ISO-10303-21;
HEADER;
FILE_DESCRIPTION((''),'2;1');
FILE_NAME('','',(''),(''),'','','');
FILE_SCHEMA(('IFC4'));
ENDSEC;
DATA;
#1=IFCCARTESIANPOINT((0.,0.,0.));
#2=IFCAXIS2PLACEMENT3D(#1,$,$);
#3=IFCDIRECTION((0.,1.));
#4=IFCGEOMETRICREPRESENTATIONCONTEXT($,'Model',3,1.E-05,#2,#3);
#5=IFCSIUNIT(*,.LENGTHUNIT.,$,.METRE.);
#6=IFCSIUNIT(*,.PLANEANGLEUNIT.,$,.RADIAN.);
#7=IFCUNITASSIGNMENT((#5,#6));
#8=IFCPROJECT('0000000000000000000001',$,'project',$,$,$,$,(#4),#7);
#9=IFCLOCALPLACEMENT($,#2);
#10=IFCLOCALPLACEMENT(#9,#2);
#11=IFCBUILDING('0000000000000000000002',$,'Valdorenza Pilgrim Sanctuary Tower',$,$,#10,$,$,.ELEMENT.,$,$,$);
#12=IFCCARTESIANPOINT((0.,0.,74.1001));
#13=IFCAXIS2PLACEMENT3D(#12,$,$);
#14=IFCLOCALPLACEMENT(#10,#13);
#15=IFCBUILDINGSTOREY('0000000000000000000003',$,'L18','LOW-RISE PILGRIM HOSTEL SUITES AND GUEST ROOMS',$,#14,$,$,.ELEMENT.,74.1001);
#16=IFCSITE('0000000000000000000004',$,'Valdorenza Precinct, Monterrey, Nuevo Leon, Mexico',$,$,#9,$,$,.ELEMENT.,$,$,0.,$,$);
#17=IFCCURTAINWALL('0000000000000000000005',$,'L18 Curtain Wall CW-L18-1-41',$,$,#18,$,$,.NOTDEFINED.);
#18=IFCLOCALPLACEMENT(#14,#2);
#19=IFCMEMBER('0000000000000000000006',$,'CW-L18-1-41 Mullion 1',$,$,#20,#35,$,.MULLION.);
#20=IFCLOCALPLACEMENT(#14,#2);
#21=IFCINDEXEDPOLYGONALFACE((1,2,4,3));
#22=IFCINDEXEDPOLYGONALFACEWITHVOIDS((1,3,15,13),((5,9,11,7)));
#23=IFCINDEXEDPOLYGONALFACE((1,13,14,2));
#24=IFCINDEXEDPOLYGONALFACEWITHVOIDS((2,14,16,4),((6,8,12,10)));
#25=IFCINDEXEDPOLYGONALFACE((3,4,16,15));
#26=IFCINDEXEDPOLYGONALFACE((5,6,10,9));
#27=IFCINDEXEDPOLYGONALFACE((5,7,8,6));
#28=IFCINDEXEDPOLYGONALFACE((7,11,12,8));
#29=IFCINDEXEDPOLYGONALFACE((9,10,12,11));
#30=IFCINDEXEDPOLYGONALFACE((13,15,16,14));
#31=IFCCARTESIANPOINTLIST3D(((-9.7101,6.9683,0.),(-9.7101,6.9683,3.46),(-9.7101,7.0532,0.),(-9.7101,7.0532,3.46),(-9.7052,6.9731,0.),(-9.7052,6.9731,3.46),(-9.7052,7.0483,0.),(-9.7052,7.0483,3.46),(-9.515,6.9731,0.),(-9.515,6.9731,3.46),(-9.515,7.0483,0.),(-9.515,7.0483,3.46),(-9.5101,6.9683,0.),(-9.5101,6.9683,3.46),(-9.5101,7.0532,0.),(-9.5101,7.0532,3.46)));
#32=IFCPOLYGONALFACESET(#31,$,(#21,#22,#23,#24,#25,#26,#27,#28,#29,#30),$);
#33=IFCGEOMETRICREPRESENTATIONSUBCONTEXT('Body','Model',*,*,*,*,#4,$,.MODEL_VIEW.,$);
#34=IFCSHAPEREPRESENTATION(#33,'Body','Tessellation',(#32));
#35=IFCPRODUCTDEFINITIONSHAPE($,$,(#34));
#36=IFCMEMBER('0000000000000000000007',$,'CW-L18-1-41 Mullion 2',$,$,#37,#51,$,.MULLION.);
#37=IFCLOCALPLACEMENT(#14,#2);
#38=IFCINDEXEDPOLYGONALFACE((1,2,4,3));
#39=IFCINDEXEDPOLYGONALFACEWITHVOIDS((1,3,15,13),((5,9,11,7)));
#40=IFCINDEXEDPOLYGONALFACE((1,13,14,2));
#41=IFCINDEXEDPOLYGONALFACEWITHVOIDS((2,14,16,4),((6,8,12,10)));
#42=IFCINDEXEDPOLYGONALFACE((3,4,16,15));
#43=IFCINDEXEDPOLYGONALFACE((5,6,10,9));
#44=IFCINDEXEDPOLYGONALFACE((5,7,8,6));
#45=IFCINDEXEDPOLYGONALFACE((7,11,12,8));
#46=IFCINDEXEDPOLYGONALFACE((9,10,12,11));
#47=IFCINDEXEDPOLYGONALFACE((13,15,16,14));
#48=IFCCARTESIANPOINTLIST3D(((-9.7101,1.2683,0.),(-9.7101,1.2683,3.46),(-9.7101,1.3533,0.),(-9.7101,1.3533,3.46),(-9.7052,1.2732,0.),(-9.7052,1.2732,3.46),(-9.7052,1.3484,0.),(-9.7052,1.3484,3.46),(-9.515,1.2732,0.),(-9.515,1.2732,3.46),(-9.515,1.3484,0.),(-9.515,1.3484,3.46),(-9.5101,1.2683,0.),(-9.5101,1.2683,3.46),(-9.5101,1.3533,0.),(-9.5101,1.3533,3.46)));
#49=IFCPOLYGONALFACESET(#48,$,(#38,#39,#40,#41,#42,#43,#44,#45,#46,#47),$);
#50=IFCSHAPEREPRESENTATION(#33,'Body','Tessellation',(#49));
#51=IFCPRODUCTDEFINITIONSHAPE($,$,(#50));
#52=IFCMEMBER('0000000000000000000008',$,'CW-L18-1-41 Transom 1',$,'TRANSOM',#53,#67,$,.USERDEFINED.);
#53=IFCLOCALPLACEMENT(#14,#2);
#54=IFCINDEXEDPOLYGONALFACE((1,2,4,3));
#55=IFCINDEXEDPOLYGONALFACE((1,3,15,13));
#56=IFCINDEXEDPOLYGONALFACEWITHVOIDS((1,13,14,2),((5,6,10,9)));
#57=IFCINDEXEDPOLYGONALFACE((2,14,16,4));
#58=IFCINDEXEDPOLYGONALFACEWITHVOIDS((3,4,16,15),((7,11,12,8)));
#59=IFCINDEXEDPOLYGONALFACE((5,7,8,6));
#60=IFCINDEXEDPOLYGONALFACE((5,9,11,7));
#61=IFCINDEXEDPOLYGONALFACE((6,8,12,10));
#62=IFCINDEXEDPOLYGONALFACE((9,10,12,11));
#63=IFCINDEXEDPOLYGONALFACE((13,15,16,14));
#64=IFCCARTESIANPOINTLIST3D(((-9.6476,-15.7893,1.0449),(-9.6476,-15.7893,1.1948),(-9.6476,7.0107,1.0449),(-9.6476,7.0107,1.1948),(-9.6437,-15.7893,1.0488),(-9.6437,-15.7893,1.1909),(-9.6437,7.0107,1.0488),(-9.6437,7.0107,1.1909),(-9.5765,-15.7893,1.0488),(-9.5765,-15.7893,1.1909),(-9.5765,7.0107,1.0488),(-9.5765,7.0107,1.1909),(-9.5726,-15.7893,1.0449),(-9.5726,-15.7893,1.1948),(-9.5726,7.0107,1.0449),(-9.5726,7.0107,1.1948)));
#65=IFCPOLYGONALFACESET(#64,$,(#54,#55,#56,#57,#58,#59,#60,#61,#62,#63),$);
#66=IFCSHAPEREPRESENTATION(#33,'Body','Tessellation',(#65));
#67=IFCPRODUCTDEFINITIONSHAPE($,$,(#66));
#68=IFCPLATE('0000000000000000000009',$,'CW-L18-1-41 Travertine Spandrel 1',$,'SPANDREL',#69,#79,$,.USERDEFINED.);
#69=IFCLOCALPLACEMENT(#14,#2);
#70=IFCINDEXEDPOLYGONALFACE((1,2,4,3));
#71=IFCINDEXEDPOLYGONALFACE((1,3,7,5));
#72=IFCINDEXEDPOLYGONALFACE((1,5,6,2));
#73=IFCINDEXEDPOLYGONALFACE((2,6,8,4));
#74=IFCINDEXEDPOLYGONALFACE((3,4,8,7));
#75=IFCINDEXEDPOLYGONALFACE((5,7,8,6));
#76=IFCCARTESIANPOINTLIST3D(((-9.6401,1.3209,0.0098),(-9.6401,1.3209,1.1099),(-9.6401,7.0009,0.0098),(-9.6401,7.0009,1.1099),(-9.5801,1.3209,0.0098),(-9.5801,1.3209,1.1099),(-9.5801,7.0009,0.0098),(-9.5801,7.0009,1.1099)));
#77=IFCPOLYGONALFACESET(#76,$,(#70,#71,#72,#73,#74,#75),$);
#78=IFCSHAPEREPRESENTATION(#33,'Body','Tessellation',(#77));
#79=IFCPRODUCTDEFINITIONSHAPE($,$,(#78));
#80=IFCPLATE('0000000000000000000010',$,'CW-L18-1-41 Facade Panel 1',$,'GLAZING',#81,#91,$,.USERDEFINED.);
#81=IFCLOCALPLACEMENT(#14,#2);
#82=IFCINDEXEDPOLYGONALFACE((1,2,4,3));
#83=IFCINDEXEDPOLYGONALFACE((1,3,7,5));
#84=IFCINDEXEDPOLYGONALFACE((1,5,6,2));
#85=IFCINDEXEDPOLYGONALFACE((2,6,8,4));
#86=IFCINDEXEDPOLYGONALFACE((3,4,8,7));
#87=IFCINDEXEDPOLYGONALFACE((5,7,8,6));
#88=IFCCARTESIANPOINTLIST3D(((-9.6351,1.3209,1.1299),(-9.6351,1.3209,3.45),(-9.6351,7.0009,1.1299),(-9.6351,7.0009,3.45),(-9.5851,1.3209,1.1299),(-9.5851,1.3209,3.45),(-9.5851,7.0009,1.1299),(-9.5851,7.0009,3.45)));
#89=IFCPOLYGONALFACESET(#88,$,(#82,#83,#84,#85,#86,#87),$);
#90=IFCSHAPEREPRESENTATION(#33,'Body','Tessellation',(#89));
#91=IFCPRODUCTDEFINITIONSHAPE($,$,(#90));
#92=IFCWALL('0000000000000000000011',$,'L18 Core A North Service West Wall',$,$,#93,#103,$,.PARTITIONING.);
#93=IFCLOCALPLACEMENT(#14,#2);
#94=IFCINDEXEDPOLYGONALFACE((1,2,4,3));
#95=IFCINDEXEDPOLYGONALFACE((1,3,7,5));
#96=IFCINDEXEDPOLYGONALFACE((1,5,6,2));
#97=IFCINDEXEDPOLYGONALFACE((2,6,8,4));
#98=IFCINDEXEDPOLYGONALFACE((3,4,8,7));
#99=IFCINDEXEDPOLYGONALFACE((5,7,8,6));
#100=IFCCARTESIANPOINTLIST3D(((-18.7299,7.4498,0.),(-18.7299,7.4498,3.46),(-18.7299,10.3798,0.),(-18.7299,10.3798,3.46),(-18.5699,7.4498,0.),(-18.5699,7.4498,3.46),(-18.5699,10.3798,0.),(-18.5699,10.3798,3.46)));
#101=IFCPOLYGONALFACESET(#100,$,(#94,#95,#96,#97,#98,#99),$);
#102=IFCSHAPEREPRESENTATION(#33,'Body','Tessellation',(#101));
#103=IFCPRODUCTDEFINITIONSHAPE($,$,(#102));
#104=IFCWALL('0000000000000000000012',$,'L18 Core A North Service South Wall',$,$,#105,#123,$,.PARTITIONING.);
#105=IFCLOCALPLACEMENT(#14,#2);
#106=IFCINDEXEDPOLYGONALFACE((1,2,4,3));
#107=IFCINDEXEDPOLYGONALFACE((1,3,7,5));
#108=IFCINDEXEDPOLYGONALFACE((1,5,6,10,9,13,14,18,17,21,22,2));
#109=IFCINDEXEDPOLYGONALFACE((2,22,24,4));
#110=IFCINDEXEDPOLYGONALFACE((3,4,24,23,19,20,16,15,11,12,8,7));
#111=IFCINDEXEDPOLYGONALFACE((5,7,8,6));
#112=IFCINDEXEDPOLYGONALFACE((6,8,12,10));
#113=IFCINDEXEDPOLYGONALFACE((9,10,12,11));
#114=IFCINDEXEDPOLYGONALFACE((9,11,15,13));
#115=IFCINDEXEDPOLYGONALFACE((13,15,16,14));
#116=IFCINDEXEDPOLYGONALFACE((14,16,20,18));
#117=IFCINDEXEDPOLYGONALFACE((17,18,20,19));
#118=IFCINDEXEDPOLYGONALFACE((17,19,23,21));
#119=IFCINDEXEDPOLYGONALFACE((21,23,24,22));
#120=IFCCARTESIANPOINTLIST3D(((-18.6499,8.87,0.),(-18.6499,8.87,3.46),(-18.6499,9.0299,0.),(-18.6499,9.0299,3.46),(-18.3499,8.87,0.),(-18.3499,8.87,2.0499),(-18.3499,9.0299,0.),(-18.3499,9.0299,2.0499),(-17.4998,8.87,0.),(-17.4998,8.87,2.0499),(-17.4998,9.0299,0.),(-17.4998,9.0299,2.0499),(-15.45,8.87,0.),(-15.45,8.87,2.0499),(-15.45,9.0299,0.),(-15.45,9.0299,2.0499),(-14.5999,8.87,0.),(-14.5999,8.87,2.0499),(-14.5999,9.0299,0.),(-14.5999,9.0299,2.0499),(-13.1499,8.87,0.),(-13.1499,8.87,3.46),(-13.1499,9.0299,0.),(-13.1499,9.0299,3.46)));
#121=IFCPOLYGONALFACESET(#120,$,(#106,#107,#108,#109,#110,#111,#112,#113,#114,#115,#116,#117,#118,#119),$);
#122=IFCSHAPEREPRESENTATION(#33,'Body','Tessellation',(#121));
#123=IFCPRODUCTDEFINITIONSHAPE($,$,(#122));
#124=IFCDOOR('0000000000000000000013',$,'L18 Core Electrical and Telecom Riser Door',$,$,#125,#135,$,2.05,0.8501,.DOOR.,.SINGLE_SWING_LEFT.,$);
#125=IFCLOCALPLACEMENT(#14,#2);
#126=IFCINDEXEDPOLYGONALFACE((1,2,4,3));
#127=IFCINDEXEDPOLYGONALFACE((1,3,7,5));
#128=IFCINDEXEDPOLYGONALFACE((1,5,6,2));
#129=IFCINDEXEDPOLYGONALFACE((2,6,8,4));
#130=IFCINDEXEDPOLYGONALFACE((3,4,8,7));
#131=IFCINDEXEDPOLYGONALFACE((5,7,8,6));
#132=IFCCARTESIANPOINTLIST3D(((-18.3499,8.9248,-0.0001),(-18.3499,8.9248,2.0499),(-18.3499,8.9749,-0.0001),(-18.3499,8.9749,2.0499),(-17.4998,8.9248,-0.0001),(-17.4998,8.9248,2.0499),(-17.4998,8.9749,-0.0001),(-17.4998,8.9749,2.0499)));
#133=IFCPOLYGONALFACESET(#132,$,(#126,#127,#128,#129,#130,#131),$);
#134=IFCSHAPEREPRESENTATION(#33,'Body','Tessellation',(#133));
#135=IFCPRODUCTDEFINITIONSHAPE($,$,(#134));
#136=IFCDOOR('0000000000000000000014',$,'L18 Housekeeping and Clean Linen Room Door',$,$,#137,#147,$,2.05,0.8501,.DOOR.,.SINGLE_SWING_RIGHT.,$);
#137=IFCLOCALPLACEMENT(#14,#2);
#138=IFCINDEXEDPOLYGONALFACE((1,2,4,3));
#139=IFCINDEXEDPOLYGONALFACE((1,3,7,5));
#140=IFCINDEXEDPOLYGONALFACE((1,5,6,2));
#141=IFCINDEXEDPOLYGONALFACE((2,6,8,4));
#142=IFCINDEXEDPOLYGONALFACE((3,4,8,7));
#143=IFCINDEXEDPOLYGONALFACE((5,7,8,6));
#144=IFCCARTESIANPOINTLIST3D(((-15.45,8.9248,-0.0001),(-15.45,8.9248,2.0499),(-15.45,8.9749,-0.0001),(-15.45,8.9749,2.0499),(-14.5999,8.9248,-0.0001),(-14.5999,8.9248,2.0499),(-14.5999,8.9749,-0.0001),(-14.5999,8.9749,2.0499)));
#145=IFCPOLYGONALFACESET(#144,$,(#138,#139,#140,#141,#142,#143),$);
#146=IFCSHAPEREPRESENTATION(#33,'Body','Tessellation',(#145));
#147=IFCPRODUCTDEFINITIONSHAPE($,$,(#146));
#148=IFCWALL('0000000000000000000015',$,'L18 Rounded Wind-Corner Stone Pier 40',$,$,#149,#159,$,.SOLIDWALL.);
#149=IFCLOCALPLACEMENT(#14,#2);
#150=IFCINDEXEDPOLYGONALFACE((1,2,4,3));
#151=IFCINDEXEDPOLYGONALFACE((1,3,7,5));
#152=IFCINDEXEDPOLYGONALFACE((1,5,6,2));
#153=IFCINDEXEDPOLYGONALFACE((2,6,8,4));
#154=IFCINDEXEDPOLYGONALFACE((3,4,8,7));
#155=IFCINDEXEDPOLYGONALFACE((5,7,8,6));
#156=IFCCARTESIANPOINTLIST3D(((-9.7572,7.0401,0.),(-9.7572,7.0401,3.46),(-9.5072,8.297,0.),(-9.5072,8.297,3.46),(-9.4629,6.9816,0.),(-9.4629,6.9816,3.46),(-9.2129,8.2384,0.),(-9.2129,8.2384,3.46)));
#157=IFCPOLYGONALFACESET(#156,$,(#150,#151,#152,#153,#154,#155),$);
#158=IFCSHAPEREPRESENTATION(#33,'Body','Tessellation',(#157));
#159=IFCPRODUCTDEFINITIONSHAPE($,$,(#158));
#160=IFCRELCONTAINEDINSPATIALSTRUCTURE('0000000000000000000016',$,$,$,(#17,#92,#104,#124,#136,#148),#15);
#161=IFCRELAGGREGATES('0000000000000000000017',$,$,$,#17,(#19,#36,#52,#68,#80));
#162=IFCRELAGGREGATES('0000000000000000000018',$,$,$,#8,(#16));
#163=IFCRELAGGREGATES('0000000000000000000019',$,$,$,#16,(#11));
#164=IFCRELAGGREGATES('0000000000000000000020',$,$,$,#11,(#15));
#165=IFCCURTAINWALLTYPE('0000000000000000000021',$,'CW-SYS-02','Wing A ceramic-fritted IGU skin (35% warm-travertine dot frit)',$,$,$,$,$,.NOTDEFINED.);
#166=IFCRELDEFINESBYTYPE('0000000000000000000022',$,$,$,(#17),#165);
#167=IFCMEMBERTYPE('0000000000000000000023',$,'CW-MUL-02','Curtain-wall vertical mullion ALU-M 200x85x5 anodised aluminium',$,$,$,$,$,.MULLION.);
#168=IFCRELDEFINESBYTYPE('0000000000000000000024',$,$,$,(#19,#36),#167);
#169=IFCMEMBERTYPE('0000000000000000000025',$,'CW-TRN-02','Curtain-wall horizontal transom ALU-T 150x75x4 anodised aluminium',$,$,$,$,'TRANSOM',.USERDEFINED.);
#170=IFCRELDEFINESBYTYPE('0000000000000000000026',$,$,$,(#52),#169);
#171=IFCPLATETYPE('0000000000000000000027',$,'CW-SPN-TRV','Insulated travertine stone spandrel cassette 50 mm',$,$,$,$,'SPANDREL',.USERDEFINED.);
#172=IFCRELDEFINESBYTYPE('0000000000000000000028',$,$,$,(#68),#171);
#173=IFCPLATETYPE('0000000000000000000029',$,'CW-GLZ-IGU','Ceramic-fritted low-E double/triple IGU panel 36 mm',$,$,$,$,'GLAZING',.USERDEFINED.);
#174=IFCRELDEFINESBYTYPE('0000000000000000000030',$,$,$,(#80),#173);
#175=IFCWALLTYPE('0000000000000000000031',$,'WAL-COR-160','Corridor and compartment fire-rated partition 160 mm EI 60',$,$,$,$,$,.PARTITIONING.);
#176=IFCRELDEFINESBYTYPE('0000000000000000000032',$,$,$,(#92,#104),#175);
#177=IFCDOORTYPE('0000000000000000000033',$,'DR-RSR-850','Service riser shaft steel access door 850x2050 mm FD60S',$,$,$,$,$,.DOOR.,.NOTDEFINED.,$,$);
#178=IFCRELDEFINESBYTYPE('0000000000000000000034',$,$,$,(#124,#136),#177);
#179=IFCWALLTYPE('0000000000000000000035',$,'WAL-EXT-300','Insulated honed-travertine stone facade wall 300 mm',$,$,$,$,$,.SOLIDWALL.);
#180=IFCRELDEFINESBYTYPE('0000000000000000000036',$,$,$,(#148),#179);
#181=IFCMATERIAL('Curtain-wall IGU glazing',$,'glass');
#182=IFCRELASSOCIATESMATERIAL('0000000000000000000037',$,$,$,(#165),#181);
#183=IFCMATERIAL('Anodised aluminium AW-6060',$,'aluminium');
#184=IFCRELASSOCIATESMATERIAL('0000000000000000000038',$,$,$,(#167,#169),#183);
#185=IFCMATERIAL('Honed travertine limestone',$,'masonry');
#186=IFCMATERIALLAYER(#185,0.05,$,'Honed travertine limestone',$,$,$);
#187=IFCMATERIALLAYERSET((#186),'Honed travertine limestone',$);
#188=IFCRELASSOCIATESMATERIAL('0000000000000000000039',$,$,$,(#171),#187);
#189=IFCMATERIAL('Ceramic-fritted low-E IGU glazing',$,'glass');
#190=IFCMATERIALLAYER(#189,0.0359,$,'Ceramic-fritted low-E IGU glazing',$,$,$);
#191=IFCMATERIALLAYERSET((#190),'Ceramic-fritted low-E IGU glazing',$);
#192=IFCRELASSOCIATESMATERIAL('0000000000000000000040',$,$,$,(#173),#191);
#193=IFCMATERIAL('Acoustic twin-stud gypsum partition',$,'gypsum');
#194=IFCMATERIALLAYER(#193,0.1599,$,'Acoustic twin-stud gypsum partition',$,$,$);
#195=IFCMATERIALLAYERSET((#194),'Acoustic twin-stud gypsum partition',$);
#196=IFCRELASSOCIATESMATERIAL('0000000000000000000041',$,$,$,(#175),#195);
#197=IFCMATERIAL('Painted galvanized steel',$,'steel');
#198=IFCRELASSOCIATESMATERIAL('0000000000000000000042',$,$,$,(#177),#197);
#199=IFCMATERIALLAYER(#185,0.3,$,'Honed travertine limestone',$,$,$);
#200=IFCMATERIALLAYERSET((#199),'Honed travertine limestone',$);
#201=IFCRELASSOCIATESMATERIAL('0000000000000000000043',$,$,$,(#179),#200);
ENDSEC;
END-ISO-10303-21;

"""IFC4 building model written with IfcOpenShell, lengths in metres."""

from ifc_helpers import new_model, si_unit, direction, frame, frame_2d, origin, origin_2d, place, context, subcontext, project, spatial, rectangle, hollow_rectangle, extrude, source, transform, mapped, material, layer, layer_set, material_profile, profile_set, type_object, element, fill, aggregate, save


model = new_model("IFC4")

# Units and contexts
model_context = context("Model", 3, precision=1e-05, world=origin(), true_north=direction((0.0, 1.0)))
body_context = subcontext(model_context, "Body", "Model", "MODEL_VIEW")
ifc_project = project(units=[si_unit("LENGTHUNIT", "METRE"), si_unit("PLANEANGLEUNIT", "RADIAN")], contexts=[model_context])

# Site, building, storey
site_placement = place(None, origin())
site = spatial("IfcSite", under=ifc_project, at=site_placement, Name="Valdorenza Precinct, Monterrey, Nuevo Leon, Mexico", CompositionType="ELEMENT", RefElevation=0.0)
building_placement = place(site_placement, origin())
building = spatial("IfcBuilding", under=site, at=building_placement, Name="Valdorenza Pilgrim Sanctuary Tower", CompositionType="ELEMENT")
storey_placement = place(building_placement, frame((0.0, 0.0, 74.1001)))
storey = spatial("IfcBuildingStorey", under=building, at=storey_placement, Name="L18", Description="LOW-RISE PILGRIM HOSTEL SUITES AND GUEST ROOMS", CompositionType="ELEMENT", Elevation=74.1001)

# Curtain wall, members, plates
ifc_material_1 = material(Name="Curtain-wall IGU glazing", Category="glass")
curtain_wall_type = type_object("IfcCurtainWallType", Name="CW-SYS-02", Description="Wing A ceramic-fritted IGU skin (35% warm-travertine dot frit)", PredefinedType="NOTDEFINED", material=ifc_material_1)
curtain_wall_placement = place(storey_placement, origin())
curtain_wall = element("IfcCurtainWall", 1, at=curtain_wall_placement, inside=storey, type_object=curtain_wall_type, Name="L18 Curtain Wall CW-L18-1-41", PredefinedType="NOTDEFINED")
ifc_material_2 = material(Name="Anodised aluminium AW-6060", Category="aluminium")
ifc_material_profile_1 = material_profile(ifc_material_2, hollow_rectangle(XDim=0.085, YDim=0.2, WallThickness=0.0049, at=origin_2d()), Name="ALU-M 200x85x5")
ifc_profile_set_1 = profile_set([ifc_material_profile_1], Name="Anodised aluminium AW-6060")
member_type_1 = type_object("IfcMemberType", Name="CW-MUL-02", Description="Curtain-wall vertical mullion ALU-M 200x85x5 anodised aluminium", PredefinedType="MULLION", material=ifc_profile_set_1)
shared_shape_1 = source(origin(), body_context, "Body", "SweptSolid", [
    extrude(hollow_rectangle(XDim=0.085, YDim=0.2, WallThickness=0.0049, at=origin_2d()), origin(), (0.0, 0.0, 1.0), 3.46),
])
member_1_placement = place(storey_placement, frame((-9.6101, 7.0107, 0.0), z_axis=(0.0, 0.0, 1.0), x_axis=(0.0, -1.0, 0.0)))
member_1 = element("IfcMember", 2, at=member_1_placement, type_object=member_type_1, Name="CW-L18-1-41 Mullion 1", PredefinedType="MULLION", context=body_context, shape_type="MappedRepresentation", body=[
    mapped(shared_shape_1, transform((0.0, 0.0, 0.0), x_axis=(1.0, 0.0, 0.0), y_axis=(0.0, 1.0, 0.0), z_axis=(0.0, 0.0, 1.0), scale=1.0)),
])
member_2_placement = place(storey_placement, frame((-9.6101, 1.3108, 0.0), z_axis=(0.0, 0.0, 1.0), x_axis=(0.0, -1.0, 0.0)))
member_2 = element("IfcMember", 3, at=member_2_placement, type_object=member_type_1, Name="CW-L18-1-41 Mullion 2", PredefinedType="MULLION", context=body_context, shape_type="MappedRepresentation", body=[
    mapped(shared_shape_1, transform((0.0, 0.0, 0.0), x_axis=(1.0, 0.0, 0.0), y_axis=(0.0, 1.0, 0.0), z_axis=(0.0, 0.0, 1.0), scale=1.0)),
])
ifc_material_profile_2 = material_profile(ifc_material_2, hollow_rectangle(XDim=0.075, YDim=0.1499, WallThickness=0.0039, at=origin_2d()), Name="ALU-T 150x75x4")
ifc_profile_set_2 = profile_set([ifc_material_profile_2], Name="Anodised aluminium AW-6060")
member_type_2 = type_object("IfcMemberType", Name="CW-TRN-02", Description="Curtain-wall horizontal transom ALU-T 150x75x4 anodised aluminium", ElementType="TRANSOM", PredefinedType="USERDEFINED", material=ifc_profile_set_2)
shared_shape_2 = source(origin(), body_context, "Body", "SweptSolid", [
    extrude(hollow_rectangle(XDim=0.075, YDim=0.1499, WallThickness=0.0039, at=origin_2d()), origin(), (0.0, 0.0, 1.0), 22.8),
])
member_3_placement = place(storey_placement, frame((-9.6101, 7.0107, 1.1199), z_axis=(0.0, -1.0, 0.0), x_axis=(1.0, 0.0, 0.0)))
member_3 = element("IfcMember", 4, at=member_3_placement, type_object=member_type_2, Name="CW-L18-1-41 Transom 1", ObjectType="TRANSOM", PredefinedType="USERDEFINED", context=body_context, shape_type="MappedRepresentation", body=[
    mapped(shared_shape_2, transform((0.0, 0.0, 0.0), x_axis=(1.0, 0.0, 0.0), y_axis=(0.0, 1.0, 0.0), z_axis=(0.0, 0.0, 1.0), scale=1.0)),
])
ifc_material_3 = material(Name="Honed travertine limestone", Category="masonry")
ifc_layer_1 = layer(ifc_material_3, 0.05, Name="Honed travertine limestone")
ifc_layer_set_1 = layer_set([ifc_layer_1], Name="Honed travertine limestone")
plate_type_1 = type_object("IfcPlateType", Name="CW-SPN-TRV", Description="Insulated travertine stone spandrel cassette 50 mm", ElementType="SPANDREL", PredefinedType="USERDEFINED", material=ifc_layer_set_1)
shared_shape_3 = source(origin(), body_context, "Body", "SweptSolid", [
    extrude(rectangle(XDim=5.6799, YDim=0.0601, at=origin_2d()), origin(), (0.0, 0.0, 1.0), 1.1001),
])
plate_1_placement = place(storey_placement, frame((-9.6101, 4.1609, 0.0098), z_axis=(0.0, 0.0, 1.0), x_axis=(0.0, -1.0, 0.0)))
plate_1 = element("IfcPlate", 5, at=plate_1_placement, type_object=plate_type_1, Name="CW-L18-1-41 Travertine Spandrel 1", ObjectType="SPANDREL", PredefinedType="USERDEFINED", context=body_context, shape_type="MappedRepresentation", body=[
    mapped(shared_shape_3, transform((0.0, 0.0, 0.0), x_axis=(1.0, 0.0, 0.0), y_axis=(0.0, 1.0, 0.0), z_axis=(0.0, 0.0, 1.0), scale=1.0)),
])
ifc_material_4 = material(Name="Ceramic-fritted low-E IGU glazing", Category="glass")
ifc_layer_2 = layer(ifc_material_4, 0.0359, Name="Ceramic-fritted low-E IGU glazing")
ifc_layer_set_2 = layer_set([ifc_layer_2], Name="Ceramic-fritted low-E IGU glazing")
plate_type_2 = type_object("IfcPlateType", Name="CW-GLZ-IGU", Description="Ceramic-fritted low-E double/triple IGU panel 36 mm", ElementType="GLAZING", PredefinedType="USERDEFINED", material=ifc_layer_set_2)
shared_shape_4 = source(origin(), body_context, "Body", "SweptSolid", [
    extrude(rectangle(XDim=5.6799, YDim=0.05, at=origin_2d()), origin(), (0.0, 0.0, 1.0), 2.3201),
])
plate_2_placement = place(storey_placement, frame((-9.6101, 4.1609, 1.1299), z_axis=(0.0, 0.0, 1.0), x_axis=(0.0, -1.0, 0.0)))
plate_2 = element("IfcPlate", 6, at=plate_2_placement, type_object=plate_type_2, Name="CW-L18-1-41 Facade Panel 1", ObjectType="GLAZING", PredefinedType="USERDEFINED", context=body_context, shape_type="MappedRepresentation", body=[
    mapped(shared_shape_4, transform((0.0, 0.0, 0.0), x_axis=(1.0, 0.0, 0.0), y_axis=(0.0, 1.0, 0.0), z_axis=(0.0, 0.0, 1.0), scale=1.0)),
])
aggregate(curtain_wall, [member_1, member_2, member_3, plate_1, plate_2])

# Wall
ifc_material_5 = material(Name="Acoustic twin-stud gypsum partition", Category="gypsum")
ifc_layer_3 = layer(ifc_material_5, 0.1599, Name="Acoustic twin-stud gypsum partition")
ifc_layer_set_3 = layer_set([ifc_layer_3], Name="Acoustic twin-stud gypsum partition")
wall_type_1 = type_object("IfcWallType", Name="WAL-COR-160", Description="Corridor and compartment fire-rated partition 160 mm EI 60", PredefinedType="PARTITIONING", material=ifc_layer_set_3)
wall_1_placement = place(storey_placement, frame((-18.6499, 7.45, 0.0), z_axis=(0.0, 0.0, 1.0), x_axis=(0.0, 1.0, 0.0)))
element("IfcWall", 7, at=wall_1_placement, inside=storey, type_object=wall_type_1, Name="L18 Core A North Service West Wall", PredefinedType="PARTITIONING", context=body_context, shape_type="SweptSolid", body=[
    extrude(rectangle(XDim=2.9299, YDim=0.1599, at=frame_2d((1.4648, 0.0))), origin(), (0.0, 0.0, 1.0), 3.46),
])

# Wall, openings, doors
wall_2_placement = place(storey_placement, frame((-18.6499, 8.95, 0.0), z_axis=(0.0, 0.0, 1.0), x_axis=(1.0, 0.0, 0.0)))
wall_2 = element("IfcWall", 8, at=wall_2_placement, inside=storey, type_object=wall_type_1, Name="L18 Core A North Service South Wall", PredefinedType="PARTITIONING", context=body_context, shape_type="SweptSolid", body=[
    extrude(rectangle(XDim=5.5, YDim=0.1599, at=frame_2d((2.75, 0.0))), origin(), (0.0, 0.0, 1.0), 3.46),
])
opening_1_placement = place(wall_2_placement, frame((0.3, 0.0, 0.0)))
opening_1 = element("IfcOpeningElement", 9, at=opening_1_placement, cuts=wall_2, PredefinedType="OPENING", context=body_context, shape_type="SweptSolid", body=[
    extrude(rectangle(XDim=0.8501, YDim=2.05, at=frame_2d((0.425, 1.0249))), frame((0.0, 0.0947, 0.0), z_axis=(0.0, -1.0, 0.0), x_axis=(1.0, 0.0, 0.0)), (0.0, 0.0, 1.0), 0.1897),
])
opening_2_placement = place(wall_2_placement, frame((3.2, 0.0, 0.0)))
opening_2 = element("IfcOpeningElement", 10, at=opening_2_placement, cuts=wall_2, PredefinedType="OPENING", context=body_context, shape_type="SweptSolid", body=[
    extrude(rectangle(XDim=0.8501, YDim=2.05, at=frame_2d((0.425, 1.0249))), frame((0.0, 0.0947, 0.0), z_axis=(0.0, -1.0, 0.0), x_axis=(1.0, 0.0, 0.0)), (0.0, 0.0, 1.0), 0.1897),
])
ifc_material_6 = material(Name="Painted galvanized steel", Category="steel")
door_type_1 = type_object("IfcDoorType", Name="DR-RSR-850", Description="Service riser shaft steel access door 850x2050 mm FD60S", OperationType="NOTDEFINED", PredefinedType="DOOR", material=ifc_material_6)
door_1_placement = place(opening_1_placement, origin())
door_1 = element("IfcDoor", 11, at=door_1_placement, inside=storey, type_object=door_type_1, Name="L18 Core Electrical and Telecom Riser Door", OperationType="SINGLE_SWING_LEFT", OverallHeight=2.05, OverallWidth=0.8501, PredefinedType="DOOR", context=body_context, shape_type="SweptSolid", body=[
    extrude(rectangle(XDim=0.8501, YDim=2.05, at=frame_2d((0.425, 1.0249))), frame((0.0, 0.0249, 0.0), z_axis=(0.0, -1.0, 0.0), x_axis=(1.0, 0.0, 0.0)), (0.0, 0.0, 1.0), 0.05),
])
fill(opening_1, door_1)
door_2_placement = place(opening_2_placement, origin())
door_2 = element("IfcDoor", 12, at=door_2_placement, inside=storey, type_object=door_type_1, Name="L18 Housekeeping and Clean Linen Room Door", OperationType="SINGLE_SWING_RIGHT", OverallHeight=2.05, OverallWidth=0.8501, PredefinedType="DOOR", context=body_context, shape_type="SweptSolid", body=[
    extrude(rectangle(XDim=0.8501, YDim=2.05, at=frame_2d((0.425, 1.0249))), frame((0.0, 0.0249, 0.0), z_axis=(0.0, -1.0, 0.0), x_axis=(1.0, 0.0, 0.0)), (0.0, 0.0, 1.0), 0.05),
])
fill(opening_2, door_2)

# Wall
ifc_layer_4 = layer(ifc_material_3, 0.3, Name="Honed travertine limestone")
ifc_layer_set_4 = layer_set([ifc_layer_4], Name="Honed travertine limestone")
wall_type_2 = type_object("IfcWallType", Name="WAL-EXT-300", Description="Insulated honed-travertine stone facade wall 300 mm", PredefinedType="SOLIDWALL", material=ifc_layer_set_4)
wall_3_placement = place(storey_placement, frame((-9.3601, 8.2676, 0.0), z_axis=(0.0, 0.0, 1.0), x_axis=(-0.19509, -0.980785, 0.0)))
element("IfcWall", 13, at=wall_3_placement, inside=storey, type_object=wall_type_2, Name="L18 Rounded Wind-Corner Stone Pier 40", PredefinedType="SOLIDWALL", context=body_context, shape_type="SweptSolid", body=[
    extrude(rectangle(XDim=1.2815, YDim=0.3, at=frame_2d((0.6406, 0.0))), origin(), (0.0, 0.0, 1.0), 3.46),
])

save(model, "model.ifc")
